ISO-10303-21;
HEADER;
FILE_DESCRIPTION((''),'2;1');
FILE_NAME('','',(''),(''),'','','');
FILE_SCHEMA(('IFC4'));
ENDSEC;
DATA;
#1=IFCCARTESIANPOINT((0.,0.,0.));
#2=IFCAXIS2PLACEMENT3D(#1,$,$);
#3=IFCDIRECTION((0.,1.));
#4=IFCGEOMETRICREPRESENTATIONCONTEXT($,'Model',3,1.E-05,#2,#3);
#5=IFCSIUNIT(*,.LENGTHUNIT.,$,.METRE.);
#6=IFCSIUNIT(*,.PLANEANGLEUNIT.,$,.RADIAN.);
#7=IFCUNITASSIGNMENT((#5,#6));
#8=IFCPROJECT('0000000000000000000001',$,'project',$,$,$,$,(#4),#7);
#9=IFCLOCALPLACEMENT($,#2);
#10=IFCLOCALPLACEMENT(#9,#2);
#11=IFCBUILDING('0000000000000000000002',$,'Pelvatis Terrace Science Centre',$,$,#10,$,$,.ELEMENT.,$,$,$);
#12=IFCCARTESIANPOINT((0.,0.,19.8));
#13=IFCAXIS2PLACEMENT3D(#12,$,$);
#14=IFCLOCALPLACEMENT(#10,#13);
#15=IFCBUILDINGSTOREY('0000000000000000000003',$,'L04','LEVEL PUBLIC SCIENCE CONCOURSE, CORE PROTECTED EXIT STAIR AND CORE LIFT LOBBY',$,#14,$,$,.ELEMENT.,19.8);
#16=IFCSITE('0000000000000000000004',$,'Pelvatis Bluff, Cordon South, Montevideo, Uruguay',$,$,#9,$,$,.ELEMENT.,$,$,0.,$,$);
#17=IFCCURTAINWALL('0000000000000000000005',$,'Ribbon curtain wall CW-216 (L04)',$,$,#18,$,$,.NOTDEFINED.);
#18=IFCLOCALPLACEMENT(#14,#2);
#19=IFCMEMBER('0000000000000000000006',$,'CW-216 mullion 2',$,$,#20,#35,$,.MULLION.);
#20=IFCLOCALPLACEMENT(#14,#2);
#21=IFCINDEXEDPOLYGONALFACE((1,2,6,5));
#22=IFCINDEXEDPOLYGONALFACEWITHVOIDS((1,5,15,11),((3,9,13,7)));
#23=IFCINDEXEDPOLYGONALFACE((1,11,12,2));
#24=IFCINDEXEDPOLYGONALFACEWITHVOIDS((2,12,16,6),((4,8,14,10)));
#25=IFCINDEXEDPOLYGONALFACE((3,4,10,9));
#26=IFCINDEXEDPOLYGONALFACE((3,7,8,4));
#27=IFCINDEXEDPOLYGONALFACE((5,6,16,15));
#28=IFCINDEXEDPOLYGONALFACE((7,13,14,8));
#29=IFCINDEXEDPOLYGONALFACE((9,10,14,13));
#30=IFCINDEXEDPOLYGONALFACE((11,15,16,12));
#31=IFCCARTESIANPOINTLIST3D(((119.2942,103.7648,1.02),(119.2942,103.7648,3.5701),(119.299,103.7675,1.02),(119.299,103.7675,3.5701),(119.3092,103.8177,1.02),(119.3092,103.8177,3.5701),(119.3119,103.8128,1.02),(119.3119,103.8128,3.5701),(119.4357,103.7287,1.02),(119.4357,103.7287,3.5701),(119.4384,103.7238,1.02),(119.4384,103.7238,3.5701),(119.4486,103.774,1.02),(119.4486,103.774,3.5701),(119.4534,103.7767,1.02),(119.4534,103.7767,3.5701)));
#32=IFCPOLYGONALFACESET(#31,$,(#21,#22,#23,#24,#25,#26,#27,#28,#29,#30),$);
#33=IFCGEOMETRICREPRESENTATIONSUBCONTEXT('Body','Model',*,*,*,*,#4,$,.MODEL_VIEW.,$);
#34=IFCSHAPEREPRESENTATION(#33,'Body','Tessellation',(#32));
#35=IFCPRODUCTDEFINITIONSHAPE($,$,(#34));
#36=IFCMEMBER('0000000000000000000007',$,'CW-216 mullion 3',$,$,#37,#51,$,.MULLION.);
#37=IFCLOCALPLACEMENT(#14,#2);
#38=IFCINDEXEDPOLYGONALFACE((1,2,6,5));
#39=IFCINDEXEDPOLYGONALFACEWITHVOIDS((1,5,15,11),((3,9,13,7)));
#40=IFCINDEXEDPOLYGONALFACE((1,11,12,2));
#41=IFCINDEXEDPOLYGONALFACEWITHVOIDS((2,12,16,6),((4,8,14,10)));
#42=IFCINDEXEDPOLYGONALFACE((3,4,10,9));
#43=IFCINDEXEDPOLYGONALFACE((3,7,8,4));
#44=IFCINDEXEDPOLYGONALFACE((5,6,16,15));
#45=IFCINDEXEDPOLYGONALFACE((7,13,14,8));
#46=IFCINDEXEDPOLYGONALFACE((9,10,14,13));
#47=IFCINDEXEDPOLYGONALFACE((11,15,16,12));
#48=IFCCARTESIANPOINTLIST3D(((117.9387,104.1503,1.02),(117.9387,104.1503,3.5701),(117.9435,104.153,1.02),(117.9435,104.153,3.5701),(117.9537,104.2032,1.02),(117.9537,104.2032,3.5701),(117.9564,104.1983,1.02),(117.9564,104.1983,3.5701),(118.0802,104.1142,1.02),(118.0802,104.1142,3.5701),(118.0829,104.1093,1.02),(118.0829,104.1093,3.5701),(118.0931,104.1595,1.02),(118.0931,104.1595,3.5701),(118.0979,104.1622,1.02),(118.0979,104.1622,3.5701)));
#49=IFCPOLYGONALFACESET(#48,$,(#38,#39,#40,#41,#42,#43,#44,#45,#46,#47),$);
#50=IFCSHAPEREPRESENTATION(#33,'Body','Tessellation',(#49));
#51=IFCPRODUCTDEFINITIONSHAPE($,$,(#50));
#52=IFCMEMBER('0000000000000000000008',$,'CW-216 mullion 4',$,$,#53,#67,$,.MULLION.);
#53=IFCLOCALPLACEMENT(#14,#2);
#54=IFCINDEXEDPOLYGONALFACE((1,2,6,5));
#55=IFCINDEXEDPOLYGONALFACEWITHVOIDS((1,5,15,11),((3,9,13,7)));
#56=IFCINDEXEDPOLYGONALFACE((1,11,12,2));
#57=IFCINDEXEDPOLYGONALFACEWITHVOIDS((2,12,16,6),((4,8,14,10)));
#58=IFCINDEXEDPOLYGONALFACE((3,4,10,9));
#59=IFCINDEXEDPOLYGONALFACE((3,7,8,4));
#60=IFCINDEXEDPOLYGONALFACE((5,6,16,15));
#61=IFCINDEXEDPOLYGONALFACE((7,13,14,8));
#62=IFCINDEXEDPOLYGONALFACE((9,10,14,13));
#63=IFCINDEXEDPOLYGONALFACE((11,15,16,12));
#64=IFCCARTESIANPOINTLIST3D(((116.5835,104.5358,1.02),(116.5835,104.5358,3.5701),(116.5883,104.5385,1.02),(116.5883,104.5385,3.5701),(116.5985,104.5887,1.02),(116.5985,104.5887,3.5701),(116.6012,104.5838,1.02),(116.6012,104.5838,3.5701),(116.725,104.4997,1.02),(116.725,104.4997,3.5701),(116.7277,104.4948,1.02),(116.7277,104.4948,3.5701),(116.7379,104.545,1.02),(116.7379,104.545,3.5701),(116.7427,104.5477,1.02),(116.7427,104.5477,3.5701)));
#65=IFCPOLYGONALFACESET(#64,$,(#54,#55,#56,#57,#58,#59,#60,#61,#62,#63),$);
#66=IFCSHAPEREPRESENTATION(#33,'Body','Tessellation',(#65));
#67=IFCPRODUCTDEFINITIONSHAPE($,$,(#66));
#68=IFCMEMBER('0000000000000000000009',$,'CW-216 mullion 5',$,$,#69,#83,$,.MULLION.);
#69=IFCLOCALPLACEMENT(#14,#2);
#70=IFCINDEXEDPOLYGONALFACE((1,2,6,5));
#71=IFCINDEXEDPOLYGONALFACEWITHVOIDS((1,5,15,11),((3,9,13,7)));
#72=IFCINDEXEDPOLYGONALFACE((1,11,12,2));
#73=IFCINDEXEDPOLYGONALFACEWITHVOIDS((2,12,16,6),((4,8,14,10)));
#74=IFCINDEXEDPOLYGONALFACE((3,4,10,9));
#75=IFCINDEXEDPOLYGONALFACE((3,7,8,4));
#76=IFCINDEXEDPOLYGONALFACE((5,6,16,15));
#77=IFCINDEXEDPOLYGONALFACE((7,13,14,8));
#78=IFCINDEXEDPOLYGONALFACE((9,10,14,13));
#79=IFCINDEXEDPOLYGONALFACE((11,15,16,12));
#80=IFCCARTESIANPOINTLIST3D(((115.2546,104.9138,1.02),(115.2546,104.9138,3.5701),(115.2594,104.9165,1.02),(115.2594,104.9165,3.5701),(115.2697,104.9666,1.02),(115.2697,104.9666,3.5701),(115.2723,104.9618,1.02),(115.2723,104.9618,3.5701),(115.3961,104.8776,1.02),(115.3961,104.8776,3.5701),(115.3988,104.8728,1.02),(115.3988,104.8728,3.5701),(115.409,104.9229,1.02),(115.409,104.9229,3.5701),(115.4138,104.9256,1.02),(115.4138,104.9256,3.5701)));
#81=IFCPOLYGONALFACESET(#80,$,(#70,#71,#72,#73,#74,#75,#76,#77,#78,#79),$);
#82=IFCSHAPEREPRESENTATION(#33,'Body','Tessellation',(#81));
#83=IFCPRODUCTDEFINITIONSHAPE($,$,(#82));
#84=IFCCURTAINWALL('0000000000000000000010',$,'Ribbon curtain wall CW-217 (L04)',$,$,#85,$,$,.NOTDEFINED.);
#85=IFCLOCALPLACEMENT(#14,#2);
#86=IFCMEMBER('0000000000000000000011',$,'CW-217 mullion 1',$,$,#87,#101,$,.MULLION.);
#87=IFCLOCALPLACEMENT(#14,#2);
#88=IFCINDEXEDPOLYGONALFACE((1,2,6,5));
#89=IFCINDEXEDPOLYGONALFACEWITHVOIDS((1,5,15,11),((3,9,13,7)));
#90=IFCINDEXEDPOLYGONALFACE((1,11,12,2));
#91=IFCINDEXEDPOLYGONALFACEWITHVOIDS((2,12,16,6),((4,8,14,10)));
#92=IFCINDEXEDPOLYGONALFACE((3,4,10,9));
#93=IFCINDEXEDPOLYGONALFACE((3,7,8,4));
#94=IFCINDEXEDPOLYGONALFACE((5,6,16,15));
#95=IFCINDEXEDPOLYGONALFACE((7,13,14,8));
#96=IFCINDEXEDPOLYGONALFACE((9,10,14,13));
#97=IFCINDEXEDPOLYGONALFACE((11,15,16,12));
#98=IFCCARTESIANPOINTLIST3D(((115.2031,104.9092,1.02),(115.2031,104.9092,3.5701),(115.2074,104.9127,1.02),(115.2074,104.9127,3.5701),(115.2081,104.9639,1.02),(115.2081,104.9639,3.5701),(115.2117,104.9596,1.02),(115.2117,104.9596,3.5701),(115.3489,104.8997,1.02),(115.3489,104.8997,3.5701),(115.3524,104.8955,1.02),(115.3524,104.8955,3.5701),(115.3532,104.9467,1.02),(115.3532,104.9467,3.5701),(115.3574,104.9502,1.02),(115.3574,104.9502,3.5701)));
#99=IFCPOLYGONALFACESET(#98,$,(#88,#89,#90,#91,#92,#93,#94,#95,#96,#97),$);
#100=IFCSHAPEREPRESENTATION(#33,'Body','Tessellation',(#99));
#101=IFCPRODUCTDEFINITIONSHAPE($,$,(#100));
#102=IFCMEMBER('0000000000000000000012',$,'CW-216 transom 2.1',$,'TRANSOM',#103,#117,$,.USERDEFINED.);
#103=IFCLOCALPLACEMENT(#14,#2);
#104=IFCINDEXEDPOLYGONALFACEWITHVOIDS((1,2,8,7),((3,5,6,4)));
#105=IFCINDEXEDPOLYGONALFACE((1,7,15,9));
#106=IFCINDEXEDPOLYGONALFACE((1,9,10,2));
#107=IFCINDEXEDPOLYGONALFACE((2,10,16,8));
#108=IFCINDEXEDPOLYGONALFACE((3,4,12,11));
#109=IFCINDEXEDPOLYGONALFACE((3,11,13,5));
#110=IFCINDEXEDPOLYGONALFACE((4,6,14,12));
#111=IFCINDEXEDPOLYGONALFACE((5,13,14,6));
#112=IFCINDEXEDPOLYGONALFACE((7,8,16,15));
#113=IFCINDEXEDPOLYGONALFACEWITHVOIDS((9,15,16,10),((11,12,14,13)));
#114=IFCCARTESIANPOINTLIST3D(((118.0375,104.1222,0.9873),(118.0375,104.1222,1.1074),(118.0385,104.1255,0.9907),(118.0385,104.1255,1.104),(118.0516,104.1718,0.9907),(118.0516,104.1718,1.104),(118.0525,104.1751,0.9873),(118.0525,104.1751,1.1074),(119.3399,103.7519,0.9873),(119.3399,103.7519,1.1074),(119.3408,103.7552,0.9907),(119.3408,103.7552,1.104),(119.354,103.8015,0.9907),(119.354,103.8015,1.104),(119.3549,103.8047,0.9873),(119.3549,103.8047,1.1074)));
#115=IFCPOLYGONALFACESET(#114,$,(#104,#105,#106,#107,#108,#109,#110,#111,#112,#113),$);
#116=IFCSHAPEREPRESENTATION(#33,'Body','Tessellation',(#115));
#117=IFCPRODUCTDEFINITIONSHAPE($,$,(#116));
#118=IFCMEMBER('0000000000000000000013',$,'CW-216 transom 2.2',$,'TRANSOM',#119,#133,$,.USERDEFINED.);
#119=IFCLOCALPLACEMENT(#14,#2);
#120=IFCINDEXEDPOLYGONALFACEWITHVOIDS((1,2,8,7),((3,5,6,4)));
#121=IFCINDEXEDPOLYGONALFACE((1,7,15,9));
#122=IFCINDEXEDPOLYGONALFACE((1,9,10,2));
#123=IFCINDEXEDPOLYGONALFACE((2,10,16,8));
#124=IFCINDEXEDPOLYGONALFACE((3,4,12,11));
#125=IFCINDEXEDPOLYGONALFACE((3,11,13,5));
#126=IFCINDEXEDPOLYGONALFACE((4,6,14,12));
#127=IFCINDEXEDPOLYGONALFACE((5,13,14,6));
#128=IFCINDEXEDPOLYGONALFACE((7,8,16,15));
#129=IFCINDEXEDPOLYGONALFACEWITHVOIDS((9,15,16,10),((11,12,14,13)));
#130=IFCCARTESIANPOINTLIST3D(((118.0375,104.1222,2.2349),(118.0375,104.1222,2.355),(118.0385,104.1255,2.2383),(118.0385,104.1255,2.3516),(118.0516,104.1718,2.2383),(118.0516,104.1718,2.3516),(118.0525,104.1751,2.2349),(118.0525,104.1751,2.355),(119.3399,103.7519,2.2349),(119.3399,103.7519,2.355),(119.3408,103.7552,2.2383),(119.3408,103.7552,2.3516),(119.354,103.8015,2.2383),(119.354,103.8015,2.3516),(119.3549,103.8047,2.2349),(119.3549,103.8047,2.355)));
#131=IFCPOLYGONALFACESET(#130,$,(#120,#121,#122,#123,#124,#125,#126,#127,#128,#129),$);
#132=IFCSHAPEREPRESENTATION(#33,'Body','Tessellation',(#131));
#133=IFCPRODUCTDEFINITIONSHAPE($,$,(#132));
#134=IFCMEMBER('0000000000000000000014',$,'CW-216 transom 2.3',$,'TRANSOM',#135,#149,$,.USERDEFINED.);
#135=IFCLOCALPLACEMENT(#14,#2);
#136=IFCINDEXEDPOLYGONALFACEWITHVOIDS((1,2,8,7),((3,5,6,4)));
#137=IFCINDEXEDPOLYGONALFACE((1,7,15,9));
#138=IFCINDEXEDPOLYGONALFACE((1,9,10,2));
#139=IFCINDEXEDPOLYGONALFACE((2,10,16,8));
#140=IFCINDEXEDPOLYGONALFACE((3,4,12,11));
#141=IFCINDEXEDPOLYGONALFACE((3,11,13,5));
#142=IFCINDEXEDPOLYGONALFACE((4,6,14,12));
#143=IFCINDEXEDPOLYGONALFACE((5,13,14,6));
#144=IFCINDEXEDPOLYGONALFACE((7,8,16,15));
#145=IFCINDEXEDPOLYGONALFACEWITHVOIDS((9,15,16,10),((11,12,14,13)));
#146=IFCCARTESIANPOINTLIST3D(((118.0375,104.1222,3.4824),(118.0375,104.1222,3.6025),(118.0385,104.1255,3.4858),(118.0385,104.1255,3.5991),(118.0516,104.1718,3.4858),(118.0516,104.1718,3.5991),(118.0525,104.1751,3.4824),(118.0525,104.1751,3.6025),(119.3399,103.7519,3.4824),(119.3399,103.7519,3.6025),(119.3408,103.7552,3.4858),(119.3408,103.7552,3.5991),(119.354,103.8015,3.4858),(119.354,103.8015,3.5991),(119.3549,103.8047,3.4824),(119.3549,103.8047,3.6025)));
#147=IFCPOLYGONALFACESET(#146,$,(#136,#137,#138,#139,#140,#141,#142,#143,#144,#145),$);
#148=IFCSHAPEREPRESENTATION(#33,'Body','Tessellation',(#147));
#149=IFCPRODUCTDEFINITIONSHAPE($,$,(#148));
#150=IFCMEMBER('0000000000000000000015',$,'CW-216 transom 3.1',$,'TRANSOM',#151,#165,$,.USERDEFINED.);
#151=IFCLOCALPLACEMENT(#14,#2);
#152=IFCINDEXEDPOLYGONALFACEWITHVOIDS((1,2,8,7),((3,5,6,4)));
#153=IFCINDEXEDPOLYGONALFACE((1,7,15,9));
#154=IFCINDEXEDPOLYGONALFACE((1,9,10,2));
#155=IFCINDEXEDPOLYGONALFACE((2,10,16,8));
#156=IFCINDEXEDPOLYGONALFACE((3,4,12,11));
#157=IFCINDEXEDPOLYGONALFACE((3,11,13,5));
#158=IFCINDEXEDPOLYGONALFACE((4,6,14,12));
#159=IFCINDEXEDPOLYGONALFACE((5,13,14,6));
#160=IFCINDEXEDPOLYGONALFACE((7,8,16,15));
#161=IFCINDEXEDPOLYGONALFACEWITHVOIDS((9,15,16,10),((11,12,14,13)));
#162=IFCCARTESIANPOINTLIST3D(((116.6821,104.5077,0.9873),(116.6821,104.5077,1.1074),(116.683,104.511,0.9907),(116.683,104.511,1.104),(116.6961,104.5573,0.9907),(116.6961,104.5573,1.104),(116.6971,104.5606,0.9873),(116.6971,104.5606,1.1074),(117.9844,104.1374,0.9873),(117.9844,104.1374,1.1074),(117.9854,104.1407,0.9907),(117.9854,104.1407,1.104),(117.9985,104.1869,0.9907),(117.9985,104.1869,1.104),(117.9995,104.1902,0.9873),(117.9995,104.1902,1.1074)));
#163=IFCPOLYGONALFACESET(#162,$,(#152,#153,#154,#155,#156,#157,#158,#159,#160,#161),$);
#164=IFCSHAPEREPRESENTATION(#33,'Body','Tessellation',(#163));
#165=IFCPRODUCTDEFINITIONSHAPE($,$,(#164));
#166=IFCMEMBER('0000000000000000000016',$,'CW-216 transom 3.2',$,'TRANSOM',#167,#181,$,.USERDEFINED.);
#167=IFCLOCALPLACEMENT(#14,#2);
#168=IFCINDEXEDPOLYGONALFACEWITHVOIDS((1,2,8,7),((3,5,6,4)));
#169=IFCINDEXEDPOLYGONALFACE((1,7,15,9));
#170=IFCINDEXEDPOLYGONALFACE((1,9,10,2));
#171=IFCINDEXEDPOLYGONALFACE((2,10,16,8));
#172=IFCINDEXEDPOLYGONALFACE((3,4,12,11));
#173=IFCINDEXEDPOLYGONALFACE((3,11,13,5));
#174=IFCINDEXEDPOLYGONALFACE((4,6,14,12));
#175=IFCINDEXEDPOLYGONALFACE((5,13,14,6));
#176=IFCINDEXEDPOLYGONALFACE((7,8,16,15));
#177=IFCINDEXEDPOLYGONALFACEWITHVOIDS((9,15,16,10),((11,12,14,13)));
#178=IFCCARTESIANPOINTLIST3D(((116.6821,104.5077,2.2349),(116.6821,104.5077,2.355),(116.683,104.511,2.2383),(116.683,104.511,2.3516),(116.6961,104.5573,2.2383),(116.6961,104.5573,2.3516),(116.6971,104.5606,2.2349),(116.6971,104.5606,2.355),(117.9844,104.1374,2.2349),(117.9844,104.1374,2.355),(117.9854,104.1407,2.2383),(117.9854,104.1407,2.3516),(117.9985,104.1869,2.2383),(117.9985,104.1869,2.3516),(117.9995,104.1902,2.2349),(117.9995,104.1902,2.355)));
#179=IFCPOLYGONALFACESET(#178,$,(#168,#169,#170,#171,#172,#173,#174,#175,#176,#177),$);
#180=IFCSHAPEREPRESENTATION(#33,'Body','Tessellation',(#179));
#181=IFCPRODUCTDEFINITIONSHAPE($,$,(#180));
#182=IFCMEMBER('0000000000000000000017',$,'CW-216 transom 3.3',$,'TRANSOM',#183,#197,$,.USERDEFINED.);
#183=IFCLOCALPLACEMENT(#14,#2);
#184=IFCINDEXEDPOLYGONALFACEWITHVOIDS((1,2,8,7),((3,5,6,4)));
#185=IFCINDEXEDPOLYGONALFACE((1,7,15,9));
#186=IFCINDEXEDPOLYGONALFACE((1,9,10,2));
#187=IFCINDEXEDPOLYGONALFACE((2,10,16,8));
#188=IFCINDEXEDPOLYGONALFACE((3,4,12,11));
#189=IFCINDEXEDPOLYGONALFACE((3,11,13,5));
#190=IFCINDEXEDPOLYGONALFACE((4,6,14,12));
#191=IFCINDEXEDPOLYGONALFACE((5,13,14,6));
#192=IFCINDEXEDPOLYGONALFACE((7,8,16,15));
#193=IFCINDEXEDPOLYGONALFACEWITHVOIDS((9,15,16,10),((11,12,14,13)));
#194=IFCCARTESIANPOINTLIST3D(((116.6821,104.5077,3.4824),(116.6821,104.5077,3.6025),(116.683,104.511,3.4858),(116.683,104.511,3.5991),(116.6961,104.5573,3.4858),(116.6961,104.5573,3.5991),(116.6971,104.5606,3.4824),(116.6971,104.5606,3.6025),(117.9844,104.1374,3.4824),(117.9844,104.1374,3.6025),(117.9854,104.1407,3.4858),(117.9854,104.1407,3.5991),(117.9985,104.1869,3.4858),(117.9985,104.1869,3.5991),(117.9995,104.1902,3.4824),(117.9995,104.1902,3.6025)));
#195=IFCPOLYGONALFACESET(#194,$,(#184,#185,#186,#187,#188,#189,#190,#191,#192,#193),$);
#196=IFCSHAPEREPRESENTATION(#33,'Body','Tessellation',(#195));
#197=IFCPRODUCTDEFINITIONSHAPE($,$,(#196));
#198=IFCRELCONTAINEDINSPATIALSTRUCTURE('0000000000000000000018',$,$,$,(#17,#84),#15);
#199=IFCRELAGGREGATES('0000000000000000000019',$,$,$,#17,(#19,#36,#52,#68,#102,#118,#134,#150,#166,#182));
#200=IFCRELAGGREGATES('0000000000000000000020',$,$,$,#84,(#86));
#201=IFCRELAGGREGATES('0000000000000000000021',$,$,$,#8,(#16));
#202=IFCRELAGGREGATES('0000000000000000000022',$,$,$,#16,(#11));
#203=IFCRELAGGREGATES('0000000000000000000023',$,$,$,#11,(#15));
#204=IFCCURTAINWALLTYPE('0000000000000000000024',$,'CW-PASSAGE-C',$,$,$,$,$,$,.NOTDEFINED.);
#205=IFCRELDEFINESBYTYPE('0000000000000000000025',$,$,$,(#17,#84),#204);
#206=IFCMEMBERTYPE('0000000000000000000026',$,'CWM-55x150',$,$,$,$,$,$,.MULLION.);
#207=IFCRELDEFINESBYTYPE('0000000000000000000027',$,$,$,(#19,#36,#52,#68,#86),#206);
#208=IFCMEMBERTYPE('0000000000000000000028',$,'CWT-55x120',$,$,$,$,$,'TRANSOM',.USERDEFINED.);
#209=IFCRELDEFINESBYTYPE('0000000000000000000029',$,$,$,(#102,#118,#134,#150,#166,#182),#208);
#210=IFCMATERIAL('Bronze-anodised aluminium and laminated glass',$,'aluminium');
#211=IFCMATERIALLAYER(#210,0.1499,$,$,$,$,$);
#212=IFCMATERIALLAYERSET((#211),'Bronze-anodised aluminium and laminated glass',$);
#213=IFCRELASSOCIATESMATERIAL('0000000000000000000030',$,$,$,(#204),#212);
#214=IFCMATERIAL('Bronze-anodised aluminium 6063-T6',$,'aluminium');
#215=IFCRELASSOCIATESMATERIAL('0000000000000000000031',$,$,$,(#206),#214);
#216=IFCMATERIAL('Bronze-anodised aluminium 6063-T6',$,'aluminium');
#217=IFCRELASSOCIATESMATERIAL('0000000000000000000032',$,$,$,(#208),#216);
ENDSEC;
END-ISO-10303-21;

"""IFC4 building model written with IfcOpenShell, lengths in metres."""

from ifc_helpers import new_model, si_unit, direction, frame, origin, origin_2d, place, context, subcontext, project, spatial, hollow_rectangle, extrude, material, layer, layer_set, material_profile, profile_set, type_object, element, aggregate, save


model = new_model("IFC4")

# Units and contexts
model_context = context("Model", 3, precision=1e-05, world=origin(), true_north=direction((0.0, 1.0)))
body_context = subcontext(model_context, "Body", "Model", "MODEL_VIEW")
ifc_project = project(units=[si_unit("LENGTHUNIT", "METRE"), si_unit("PLANEANGLEUNIT", "RADIAN")], contexts=[model_context])

# Site, building, storey
site_placement = place(None, origin())
site = spatial("IfcSite", under=ifc_project, at=site_placement, Name="Pelvatis Bluff, Cordon South, Montevideo, Uruguay", CompositionType="ELEMENT", RefElevation=0.0)
building_placement = place(site_placement, origin())
building = spatial("IfcBuilding", under=site, at=building_placement, Name="Pelvatis Terrace Science Centre", CompositionType="ELEMENT")
storey_placement = place(building_placement, frame((0.0, 0.0, 19.8)))
storey = spatial("IfcBuildingStorey", under=building, at=storey_placement, Name="L04", Description="LEVEL PUBLIC SCIENCE CONCOURSE, CORE PROTECTED EXIT STAIR AND CORE LIFT LOBBY", CompositionType="ELEMENT", Elevation=19.8)

# Curtain wall, members
ifc_material_1 = material(Name="Bronze-anodised aluminium and laminated glass", Category="aluminium")
ifc_layer_1 = layer(ifc_material_1, 0.1499)
ifc_layer_set_1 = layer_set([ifc_layer_1], Name="Bronze-anodised aluminium and laminated glass")
curtain_wall_type = type_object("IfcCurtainWallType", Name="CW-PASSAGE-C", PredefinedType="NOTDEFINED", material=ifc_layer_set_1)
curtain_wall_1_placement = place(storey_placement, origin())
curtain_wall_1 = element("IfcCurtainWall", 1, at=curtain_wall_1_placement, inside=storey, type_object=curtain_wall_type, Name="Ribbon curtain wall CW-216 (L04)", PredefinedType="NOTDEFINED")
ifc_material_2 = material(Name="Bronze-anodised aluminium 6063-T6", Category="aluminium")
ifc_material_profile_1 = material_profile(ifc_material_2, hollow_rectangle(XDim=0.0549, YDim=0.1499, WallThickness=0.0039, at=origin_2d()), Name="ALU-MUL 55x150")
ifc_profile_set_1 = profile_set([ifc_material_profile_1], Name="Bronze-anodised aluminium 6063-T6")
member_type_1 = type_object("IfcMemberType", Name="CWM-55x150", PredefinedType="MULLION", material=ifc_profile_set_1)
member_1_placement = place(storey_placement, frame((119.3738, 103.7708, 1.02), z_axis=(0.0, 0.0, 1.0), x_axis=(-0.273577, -0.96185, 0.0)))
member_1 = element("IfcMember", 2, at=member_1_placement, type_object=member_type_1, Name="CW-216 mullion 2", PredefinedType="MULLION", context=body_context, shape_type="SweptSolid", body=[
    extrude(hollow_rectangle(XDim=0.0549, YDim=0.1499, WallThickness=0.0039, at=origin_2d()), origin(), (0.0, 0.0, 1.0), 2.55),
])
member_2_placement = place(storey_placement, frame((118.0183, 104.1562, 1.02), z_axis=(0.0, 0.0, 1.0), x_axis=(-0.273577, -0.96185, 0.0)))
member_2 = element("IfcMember", 3, at=member_2_placement, type_object=member_type_1, Name="CW-216 mullion 3", PredefinedType="MULLION", context=body_context, shape_type="SweptSolid", body=[
    extrude(hollow_rectangle(XDim=0.0549, YDim=0.1499, WallThickness=0.0039, at=origin_2d()), origin(), (0.0, 0.0, 1.0), 2.55),
])
member_3_placement = place(storey_placement, frame((116.6631, 104.5417, 1.02), z_axis=(0.0, 0.0, 1.0), x_axis=(-0.273577, -0.96185, 0.0)))
member_3 = element("IfcMember", 4, at=member_3_placement, type_object=member_type_1, Name="CW-216 mullion 4", PredefinedType="MULLION", context=body_context, shape_type="SweptSolid", body=[
    extrude(hollow_rectangle(XDim=0.0549, YDim=0.1499, WallThickness=0.0039, at=origin_2d()), origin(), (0.0, 0.0, 1.0), 2.55),
])
member_4_placement = place(storey_placement, frame((115.3342, 104.9197, 1.02), z_axis=(0.0, 0.0, 1.0), x_axis=(-0.273577, -0.96185, 0.0)))
member_4 = element("IfcMember", 5, at=member_4_placement, type_object=member_type_1, Name="CW-216 mullion 5", PredefinedType="MULLION", context=body_context, shape_type="SweptSolid", body=[
    extrude(hollow_rectangle(XDim=0.0549, YDim=0.1499, WallThickness=0.0039, at=origin_2d()), origin(), (0.0, 0.0, 1.0), 2.55),
])

# Curtain wall, member
curtain_wall_2_placement = place(storey_placement, origin())
curtain_wall_2 = element("IfcCurtainWall", 6, at=curtain_wall_2_placement, inside=storey, type_object=curtain_wall_type, Name="Ribbon curtain wall CW-217 (L04)", PredefinedType="NOTDEFINED")
member_5_placement = place(storey_placement, frame((115.2803, 104.9297, 1.02), z_axis=(0.0, 0.0, 1.0), x_axis=(-0.091214, -0.995831, 0.0)))
member_5 = element("IfcMember", 7, at=member_5_placement, type_object=member_type_1, Name="CW-217 mullion 1", PredefinedType="MULLION", context=body_context, shape_type="SweptSolid", body=[
    extrude(hollow_rectangle(XDim=0.0549, YDim=0.1499, WallThickness=0.0039, at=origin_2d()), origin(), (0.0, 0.0, 1.0), 2.55),
])

# Members
ifc_material_3 = material(Name="Bronze-anodised aluminium 6063-T6", Category="aluminium")
ifc_material_profile_2 = material_profile(ifc_material_3, hollow_rectangle(XDim=0.0549, YDim=0.1201, WallThickness=0.0034, at=origin_2d()), Name="ALU-TRN 55x120")
ifc_profile_set_2 = profile_set([ifc_material_profile_2], Name="Bronze-anodised aluminium 6063-T6")
member_type_2 = type_object("IfcMemberType", Name="CWT-55x120", ElementType="TRANSOM", PredefinedType="USERDEFINED", material=ifc_profile_set_2)
member_6_placement = place(storey_placement, frame((119.3474, 103.7783, 1.0474), z_axis=(-0.96187, 0.273506, 0.0), x_axis=(-0.273506, -0.96187, 0.0)))
member_6 = element("IfcMember", 8, at=member_6_placement, type_object=member_type_2, Name="CW-216 transom 2.1", ObjectType="TRANSOM", PredefinedType="USERDEFINED", context=body_context, shape_type="SweptSolid", body=[
    extrude(hollow_rectangle(XDim=0.0549, YDim=0.1201, WallThickness=0.0034, at=origin_2d()), origin(), (0.0, 0.0, 1.0), 1.354),
])
member_7_placement = place(storey_placement, frame((119.3474, 103.7783, 2.2949), z_axis=(-0.96187, 0.273506, 0.0), x_axis=(-0.273506, -0.96187, 0.0)))
member_7 = element("IfcMember", 9, at=member_7_placement, type_object=member_type_2, Name="CW-216 transom 2.2", ObjectType="TRANSOM", PredefinedType="USERDEFINED", context=body_context, shape_type="SweptSolid", body=[
    extrude(hollow_rectangle(XDim=0.0549, YDim=0.1201, WallThickness=0.0034, at=origin_2d()), origin(), (0.0, 0.0, 1.0), 1.354),
])
member_8_placement = place(storey_placement, frame((119.3474, 103.7783, 3.5425), z_axis=(-0.96187, 0.273506, 0.0), x_axis=(-0.273506, -0.96187, 0.0)))
member_8 = element("IfcMember", 10, at=member_8_placement, type_object=member_type_2, Name="CW-216 transom 2.3", ObjectType="TRANSOM", PredefinedType="USERDEFINED", context=body_context, shape_type="SweptSolid", body=[
    extrude(hollow_rectangle(XDim=0.0549, YDim=0.1201, WallThickness=0.0034, at=origin_2d()), origin(), (0.0, 0.0, 1.0), 1.354),
])
member_9_placement = place(storey_placement, frame((117.9919, 104.1638, 1.0474), z_axis=(-0.96187, 0.273506, 0.0), x_axis=(-0.273506, -0.96187, 0.0)))
member_9 = element("IfcMember", 11, at=member_9_placement, type_object=member_type_2, Name="CW-216 transom 3.1", ObjectType="TRANSOM", PredefinedType="USERDEFINED", context=body_context, shape_type="SweptSolid", body=[
    extrude(hollow_rectangle(XDim=0.0549, YDim=0.1201, WallThickness=0.0034, at=origin_2d()), origin(), (0.0, 0.0, 1.0), 1.354),
])
member_10_placement = place(storey_placement, frame((117.9919, 104.1638, 2.2949), z_axis=(-0.96187, 0.273506, 0.0), x_axis=(-0.273506, -0.96187, 0.0)))
member_10 = element("IfcMember", 12, at=member_10_placement, type_object=member_type_2, Name="CW-216 transom 3.2", ObjectType="TRANSOM", PredefinedType="USERDEFINED", context=body_context, shape_type="SweptSolid", body=[
    extrude(hollow_rectangle(XDim=0.0549, YDim=0.1201, WallThickness=0.0034, at=origin_2d()), origin(), (0.0, 0.0, 1.0), 1.354),
])
member_11_placement = place(storey_placement, frame((117.9919, 104.1638, 3.5425), z_axis=(-0.96187, 0.273506, 0.0), x_axis=(-0.273506, -0.96187, 0.0)))
member_11 = element("IfcMember", 13, at=member_11_placement, type_object=member_type_2, Name="CW-216 transom 3.3", ObjectType="TRANSOM", PredefinedType="USERDEFINED", context=body_context, shape_type="SweptSolid", body=[
    extrude(hollow_rectangle(XDim=0.0549, YDim=0.1201, WallThickness=0.0034, at=origin_2d()), origin(), (0.0, 0.0, 1.0), 1.354),
])

aggregate(curtain_wall_1, [member_1, member_2, member_3, member_4, member_6, member_7, member_8, member_9, member_10, member_11])
aggregate(curtain_wall_2, [member_5])

save(model, "model.ifc")
